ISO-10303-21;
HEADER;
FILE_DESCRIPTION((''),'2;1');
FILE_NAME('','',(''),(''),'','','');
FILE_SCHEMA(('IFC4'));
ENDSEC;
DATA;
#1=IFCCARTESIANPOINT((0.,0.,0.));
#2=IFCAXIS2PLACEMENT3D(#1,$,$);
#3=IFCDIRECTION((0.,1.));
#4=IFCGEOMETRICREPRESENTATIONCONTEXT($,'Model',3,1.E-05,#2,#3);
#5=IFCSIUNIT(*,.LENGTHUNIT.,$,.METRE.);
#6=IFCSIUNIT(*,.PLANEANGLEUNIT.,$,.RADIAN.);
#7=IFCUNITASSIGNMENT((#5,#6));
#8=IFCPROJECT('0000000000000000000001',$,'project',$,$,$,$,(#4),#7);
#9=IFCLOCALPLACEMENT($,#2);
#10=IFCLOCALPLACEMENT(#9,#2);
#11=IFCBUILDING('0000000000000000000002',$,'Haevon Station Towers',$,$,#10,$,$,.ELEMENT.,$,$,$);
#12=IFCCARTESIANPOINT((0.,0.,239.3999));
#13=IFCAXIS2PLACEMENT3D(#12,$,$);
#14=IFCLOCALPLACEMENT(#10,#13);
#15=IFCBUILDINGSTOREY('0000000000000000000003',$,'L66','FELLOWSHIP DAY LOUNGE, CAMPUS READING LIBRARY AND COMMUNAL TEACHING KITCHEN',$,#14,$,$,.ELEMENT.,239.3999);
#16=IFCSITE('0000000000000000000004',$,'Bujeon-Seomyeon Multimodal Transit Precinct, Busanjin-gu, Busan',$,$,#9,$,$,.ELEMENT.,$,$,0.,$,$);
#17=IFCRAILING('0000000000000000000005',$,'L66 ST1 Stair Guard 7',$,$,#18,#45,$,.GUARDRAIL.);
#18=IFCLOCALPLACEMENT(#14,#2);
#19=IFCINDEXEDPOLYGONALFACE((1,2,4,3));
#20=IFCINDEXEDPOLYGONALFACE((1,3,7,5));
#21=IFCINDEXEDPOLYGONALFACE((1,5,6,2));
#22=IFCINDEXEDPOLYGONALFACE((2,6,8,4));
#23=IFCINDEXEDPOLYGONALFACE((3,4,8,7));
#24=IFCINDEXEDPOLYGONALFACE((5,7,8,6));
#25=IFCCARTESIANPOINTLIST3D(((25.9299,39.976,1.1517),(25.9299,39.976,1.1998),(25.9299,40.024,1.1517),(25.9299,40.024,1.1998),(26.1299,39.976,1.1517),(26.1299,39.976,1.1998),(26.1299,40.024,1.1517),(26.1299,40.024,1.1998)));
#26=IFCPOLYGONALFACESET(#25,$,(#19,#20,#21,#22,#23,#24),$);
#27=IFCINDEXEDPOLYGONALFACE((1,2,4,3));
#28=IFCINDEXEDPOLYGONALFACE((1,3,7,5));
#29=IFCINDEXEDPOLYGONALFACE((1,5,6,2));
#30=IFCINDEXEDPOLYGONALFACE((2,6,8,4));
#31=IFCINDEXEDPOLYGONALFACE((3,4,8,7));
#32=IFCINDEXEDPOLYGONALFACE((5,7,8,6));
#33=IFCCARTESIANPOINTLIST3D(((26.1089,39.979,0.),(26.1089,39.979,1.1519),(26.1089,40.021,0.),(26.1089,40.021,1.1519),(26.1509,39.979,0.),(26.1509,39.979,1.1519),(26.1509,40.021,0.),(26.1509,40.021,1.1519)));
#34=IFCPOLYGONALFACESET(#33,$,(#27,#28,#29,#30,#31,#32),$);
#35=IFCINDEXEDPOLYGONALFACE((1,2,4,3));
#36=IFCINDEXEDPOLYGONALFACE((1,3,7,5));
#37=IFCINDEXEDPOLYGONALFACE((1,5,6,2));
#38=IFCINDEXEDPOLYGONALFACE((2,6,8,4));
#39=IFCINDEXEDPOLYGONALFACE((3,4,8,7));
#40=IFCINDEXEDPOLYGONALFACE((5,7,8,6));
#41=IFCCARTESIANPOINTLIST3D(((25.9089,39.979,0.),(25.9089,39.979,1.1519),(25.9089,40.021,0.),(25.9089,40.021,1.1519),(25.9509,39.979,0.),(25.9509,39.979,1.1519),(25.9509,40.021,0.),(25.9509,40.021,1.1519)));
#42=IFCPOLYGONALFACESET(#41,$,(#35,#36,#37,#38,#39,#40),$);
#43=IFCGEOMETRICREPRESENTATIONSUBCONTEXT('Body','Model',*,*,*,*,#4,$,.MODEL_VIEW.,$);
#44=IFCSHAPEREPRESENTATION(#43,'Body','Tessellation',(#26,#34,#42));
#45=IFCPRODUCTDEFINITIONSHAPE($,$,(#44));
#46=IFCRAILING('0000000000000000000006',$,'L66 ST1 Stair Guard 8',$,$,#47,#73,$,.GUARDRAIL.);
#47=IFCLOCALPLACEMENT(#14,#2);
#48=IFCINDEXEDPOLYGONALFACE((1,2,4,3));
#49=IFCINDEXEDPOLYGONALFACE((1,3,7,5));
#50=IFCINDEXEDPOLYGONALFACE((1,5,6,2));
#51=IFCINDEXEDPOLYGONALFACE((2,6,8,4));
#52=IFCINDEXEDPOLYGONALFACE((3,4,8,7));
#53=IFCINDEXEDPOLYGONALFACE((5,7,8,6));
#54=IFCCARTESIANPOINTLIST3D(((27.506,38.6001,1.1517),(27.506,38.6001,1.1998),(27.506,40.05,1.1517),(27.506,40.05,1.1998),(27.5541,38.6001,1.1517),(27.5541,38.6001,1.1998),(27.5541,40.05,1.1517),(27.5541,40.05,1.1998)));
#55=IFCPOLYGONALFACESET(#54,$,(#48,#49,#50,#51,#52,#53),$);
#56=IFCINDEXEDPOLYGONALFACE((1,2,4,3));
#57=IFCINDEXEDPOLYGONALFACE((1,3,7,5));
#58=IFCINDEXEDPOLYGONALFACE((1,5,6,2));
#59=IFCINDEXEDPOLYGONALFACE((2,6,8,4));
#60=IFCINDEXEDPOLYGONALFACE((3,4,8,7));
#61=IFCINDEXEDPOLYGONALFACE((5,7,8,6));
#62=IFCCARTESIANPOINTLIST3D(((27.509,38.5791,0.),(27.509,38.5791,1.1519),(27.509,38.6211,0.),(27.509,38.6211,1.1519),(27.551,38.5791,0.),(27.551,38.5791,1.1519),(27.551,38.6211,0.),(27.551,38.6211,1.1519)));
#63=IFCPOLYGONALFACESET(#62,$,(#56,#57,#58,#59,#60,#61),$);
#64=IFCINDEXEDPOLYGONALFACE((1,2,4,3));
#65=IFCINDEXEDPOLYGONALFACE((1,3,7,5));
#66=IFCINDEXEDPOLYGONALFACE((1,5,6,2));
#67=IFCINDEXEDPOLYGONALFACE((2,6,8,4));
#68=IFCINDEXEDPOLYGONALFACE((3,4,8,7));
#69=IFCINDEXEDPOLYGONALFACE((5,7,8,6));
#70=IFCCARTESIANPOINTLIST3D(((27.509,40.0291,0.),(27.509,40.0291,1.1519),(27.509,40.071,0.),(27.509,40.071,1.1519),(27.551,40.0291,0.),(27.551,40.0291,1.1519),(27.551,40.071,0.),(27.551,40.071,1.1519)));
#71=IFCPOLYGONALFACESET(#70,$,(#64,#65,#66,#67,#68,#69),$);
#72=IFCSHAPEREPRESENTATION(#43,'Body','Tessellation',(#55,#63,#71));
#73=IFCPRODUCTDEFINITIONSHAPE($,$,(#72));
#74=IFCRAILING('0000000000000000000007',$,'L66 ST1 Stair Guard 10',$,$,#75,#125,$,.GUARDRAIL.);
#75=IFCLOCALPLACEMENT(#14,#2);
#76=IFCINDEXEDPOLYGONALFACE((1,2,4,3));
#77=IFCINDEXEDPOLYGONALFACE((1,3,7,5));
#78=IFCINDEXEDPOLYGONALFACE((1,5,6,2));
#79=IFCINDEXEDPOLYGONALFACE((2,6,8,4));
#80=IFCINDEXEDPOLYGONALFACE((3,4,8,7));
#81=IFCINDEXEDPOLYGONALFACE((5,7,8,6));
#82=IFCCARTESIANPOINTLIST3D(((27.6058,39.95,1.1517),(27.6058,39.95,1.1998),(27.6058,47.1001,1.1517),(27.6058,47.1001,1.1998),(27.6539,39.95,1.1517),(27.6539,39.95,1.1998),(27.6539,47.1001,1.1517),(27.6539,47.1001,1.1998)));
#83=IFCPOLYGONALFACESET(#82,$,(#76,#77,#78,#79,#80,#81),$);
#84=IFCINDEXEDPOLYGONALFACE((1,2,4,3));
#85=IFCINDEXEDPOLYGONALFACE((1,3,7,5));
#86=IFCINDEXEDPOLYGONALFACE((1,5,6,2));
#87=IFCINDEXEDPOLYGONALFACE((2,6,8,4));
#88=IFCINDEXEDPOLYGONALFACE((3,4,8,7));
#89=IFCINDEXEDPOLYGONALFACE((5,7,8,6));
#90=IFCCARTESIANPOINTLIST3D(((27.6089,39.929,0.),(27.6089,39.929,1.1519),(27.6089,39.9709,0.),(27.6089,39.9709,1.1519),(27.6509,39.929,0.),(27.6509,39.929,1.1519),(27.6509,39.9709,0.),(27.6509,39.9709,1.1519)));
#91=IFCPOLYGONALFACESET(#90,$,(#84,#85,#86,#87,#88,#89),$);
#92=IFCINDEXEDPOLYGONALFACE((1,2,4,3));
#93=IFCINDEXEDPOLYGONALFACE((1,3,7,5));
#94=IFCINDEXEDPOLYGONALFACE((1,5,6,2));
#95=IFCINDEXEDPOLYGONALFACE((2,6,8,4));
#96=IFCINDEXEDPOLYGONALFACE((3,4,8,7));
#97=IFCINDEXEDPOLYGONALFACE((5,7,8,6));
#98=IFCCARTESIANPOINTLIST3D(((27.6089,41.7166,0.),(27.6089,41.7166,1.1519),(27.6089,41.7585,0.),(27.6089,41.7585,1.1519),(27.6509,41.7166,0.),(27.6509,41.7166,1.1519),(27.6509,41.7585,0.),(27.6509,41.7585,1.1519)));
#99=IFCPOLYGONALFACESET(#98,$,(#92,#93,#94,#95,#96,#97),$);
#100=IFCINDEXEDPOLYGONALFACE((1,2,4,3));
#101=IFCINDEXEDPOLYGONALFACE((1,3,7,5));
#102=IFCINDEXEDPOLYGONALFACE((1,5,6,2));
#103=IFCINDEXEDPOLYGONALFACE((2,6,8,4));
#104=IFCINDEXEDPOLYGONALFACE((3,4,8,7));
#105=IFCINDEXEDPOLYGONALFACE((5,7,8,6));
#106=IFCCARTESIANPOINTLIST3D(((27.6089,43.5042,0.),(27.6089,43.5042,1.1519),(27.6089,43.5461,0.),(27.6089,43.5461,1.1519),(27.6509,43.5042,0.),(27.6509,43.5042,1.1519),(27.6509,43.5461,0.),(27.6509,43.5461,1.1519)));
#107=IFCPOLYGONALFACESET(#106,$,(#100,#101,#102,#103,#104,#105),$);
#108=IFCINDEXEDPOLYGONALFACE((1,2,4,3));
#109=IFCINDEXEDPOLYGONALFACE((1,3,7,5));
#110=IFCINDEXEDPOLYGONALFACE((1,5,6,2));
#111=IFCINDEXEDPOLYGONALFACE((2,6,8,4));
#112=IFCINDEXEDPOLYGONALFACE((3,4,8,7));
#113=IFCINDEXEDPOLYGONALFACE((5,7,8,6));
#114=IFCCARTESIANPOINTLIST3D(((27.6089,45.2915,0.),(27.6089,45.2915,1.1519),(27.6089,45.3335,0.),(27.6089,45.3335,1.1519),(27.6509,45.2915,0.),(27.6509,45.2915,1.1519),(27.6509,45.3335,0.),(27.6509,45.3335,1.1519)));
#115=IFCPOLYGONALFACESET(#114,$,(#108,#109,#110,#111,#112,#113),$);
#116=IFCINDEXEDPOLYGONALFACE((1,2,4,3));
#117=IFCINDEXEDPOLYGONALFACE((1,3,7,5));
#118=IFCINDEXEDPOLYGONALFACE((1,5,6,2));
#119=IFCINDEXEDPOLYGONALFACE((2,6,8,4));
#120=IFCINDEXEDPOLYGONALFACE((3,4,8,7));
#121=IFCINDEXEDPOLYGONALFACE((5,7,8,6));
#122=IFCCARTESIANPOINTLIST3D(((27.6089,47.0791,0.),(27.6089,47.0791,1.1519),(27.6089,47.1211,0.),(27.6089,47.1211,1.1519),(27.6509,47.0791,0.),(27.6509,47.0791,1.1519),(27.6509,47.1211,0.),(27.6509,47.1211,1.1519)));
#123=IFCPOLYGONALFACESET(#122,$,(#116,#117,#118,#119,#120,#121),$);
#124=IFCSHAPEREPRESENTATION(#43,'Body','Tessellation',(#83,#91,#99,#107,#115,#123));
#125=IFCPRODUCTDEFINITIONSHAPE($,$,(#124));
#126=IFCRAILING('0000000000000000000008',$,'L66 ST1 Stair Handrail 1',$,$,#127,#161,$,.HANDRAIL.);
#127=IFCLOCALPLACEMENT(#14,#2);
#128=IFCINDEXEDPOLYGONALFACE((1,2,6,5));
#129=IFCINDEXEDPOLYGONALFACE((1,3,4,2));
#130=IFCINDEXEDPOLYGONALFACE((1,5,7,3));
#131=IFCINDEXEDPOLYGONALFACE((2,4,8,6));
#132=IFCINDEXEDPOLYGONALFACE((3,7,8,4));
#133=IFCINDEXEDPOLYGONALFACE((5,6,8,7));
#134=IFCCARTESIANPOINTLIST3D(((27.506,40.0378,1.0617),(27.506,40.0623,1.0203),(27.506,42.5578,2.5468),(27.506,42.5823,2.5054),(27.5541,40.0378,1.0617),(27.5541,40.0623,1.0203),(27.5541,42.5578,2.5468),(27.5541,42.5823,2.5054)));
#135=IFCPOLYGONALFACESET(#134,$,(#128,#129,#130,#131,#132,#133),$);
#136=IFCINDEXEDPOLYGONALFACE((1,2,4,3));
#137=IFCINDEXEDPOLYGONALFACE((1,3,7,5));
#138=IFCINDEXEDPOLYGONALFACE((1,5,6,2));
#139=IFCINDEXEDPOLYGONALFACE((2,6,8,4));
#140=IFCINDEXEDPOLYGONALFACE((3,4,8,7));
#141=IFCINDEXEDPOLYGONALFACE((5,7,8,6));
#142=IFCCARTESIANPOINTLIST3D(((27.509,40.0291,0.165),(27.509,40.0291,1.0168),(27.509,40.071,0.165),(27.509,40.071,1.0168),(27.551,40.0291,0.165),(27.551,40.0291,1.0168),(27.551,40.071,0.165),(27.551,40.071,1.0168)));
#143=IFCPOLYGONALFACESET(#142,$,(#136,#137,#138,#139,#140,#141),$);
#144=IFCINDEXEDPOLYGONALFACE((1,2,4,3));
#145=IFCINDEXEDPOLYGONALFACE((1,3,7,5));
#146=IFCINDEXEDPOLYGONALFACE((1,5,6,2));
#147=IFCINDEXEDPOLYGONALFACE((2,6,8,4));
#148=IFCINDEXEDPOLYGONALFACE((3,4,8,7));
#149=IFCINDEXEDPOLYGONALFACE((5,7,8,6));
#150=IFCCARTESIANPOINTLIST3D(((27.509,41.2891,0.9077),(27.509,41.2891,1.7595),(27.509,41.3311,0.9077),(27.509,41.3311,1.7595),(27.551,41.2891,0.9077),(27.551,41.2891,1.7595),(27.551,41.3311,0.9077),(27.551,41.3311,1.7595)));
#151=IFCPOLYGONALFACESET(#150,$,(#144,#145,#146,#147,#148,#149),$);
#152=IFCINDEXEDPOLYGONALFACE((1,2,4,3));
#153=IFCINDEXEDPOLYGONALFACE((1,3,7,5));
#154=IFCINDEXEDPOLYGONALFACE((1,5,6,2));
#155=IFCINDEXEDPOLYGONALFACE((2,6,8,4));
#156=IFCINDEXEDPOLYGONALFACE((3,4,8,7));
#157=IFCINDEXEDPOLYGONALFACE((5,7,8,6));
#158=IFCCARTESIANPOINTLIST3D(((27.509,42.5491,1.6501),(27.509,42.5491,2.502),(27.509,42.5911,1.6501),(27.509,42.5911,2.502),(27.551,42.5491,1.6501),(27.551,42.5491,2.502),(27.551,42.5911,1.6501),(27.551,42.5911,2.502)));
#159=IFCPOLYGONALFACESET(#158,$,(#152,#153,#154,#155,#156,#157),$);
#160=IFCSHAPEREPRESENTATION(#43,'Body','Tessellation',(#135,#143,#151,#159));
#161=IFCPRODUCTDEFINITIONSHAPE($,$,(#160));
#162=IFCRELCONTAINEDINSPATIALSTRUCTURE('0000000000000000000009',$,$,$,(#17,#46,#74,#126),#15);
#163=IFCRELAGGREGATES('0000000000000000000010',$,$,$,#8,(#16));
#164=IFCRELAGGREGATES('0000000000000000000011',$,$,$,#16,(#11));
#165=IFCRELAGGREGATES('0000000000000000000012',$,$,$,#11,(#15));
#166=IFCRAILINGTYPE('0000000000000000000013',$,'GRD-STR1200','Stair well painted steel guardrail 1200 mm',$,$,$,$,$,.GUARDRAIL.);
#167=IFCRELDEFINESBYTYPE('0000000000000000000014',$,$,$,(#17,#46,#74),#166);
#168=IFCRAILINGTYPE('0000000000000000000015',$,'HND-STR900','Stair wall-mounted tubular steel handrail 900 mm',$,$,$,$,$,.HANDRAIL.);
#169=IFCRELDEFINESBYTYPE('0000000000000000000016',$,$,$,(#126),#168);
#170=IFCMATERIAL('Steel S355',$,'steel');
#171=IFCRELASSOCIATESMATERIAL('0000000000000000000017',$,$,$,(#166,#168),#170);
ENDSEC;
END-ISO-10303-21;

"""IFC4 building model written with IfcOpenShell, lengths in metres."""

from ifc_helpers import new_model, si_unit, direction, frame, origin, origin_2d, place, context, subcontext, project, spatial, rectangle, extrude, material, type_object, element, save


model = new_model("IFC4")

# Units and contexts
model_context = context("Model", 3, precision=1e-05, world=origin(), true_north=direction((0.0, 1.0)))
body_context = subcontext(model_context, "Body", "Model", "MODEL_VIEW")
ifc_project = project(units=[si_unit("LENGTHUNIT", "METRE"), si_unit("PLANEANGLEUNIT", "RADIAN")], contexts=[model_context])

# Site, building, storey
site_placement = place(None, origin())
site = spatial("IfcSite", under=ifc_project, at=site_placement, Name="Bujeon-Seomyeon Multimodal Transit Precinct, Busanjin-gu, Busan", CompositionType="ELEMENT", RefElevation=0.0)
building_placement = place(site_placement, origin())
building = spatial("IfcBuilding", under=site, at=building_placement, Name="Haevon Station Towers", CompositionType="ELEMENT")
storey_placement = place(building_placement, frame((0.0, 0.0, 239.3999)))
storey = spatial("IfcBuildingStorey", under=building, at=storey_placement, Name="L66", Description="FELLOWSHIP DAY LOUNGE, CAMPUS READING LIBRARY AND COMMUNAL TEACHING KITCHEN", CompositionType="ELEMENT", Elevation=239.3999)

# Shared definitions
ifc_material_1 = material(Name="Steel S355", Category="steel")

# Railings
railing_type_1 = type_object("IfcRailingType", Name="GRD-STR1200", Description="Stair well painted steel guardrail 1200 mm", PredefinedType="GUARDRAIL", material=ifc_material_1)
railing_1_placement = place(storey_placement, frame((26.1299, 40.0, 0.0)))
element("IfcRailing", 1, at=railing_1_placement, inside=storey, type_object=railing_type_1, Name="L66 ST1 Stair Guard 7", PredefinedType="GUARDRAIL", context=body_context, shape_type="SweptSolid", body=[
    extrude(rectangle(XDim=0.0481, YDim=0.0481, at=origin_2d()), frame((0.0, 0.0, 1.1758), z_axis=(-1.0, 0.0, 0.0), x_axis=(0.0, -1.0, 0.0)), (0.0, 0.0, 1.0), 0.2),
    extrude(rectangle(XDim=0.042, YDim=0.042, at=origin_2d()), origin(), (0.0, 0.0, 1.0), 1.1519),
    extrude(rectangle(XDim=0.042, YDim=0.042, at=origin_2d()), frame((-0.2, 0.0, 0.0)), (0.0, 0.0, 1.0), 1.1519),
])
railing_2_placement = place(storey_placement, frame((27.53, 38.6001, 0.0)))
element("IfcRailing", 2, at=railing_2_placement, inside=storey, type_object=railing_type_1, Name="L66 ST1 Stair Guard 8", PredefinedType="GUARDRAIL", context=body_context, shape_type="SweptSolid", body=[
    extrude(rectangle(XDim=0.0481, YDim=0.0481, at=origin_2d()), frame((0.0, 0.0, 1.1758), z_axis=(0.0, 1.0, 0.0), x_axis=(-1.0, 0.0, 0.0)), (0.0, 0.0, 1.0), 1.45),
    extrude(rectangle(XDim=0.042, YDim=0.042, at=origin_2d()), origin(), (0.0, 0.0, 1.0), 1.1519),
    extrude(rectangle(XDim=0.042, YDim=0.042, at=origin_2d()), frame((0.0, 1.45, 0.0)), (0.0, 0.0, 1.0), 1.1519),
])
railing_3_placement = place(storey_placement, frame((27.6299, 39.95, 0.0)))
element("IfcRailing", 3, at=railing_3_placement, inside=storey, type_object=railing_type_1, Name="L66 ST1 Stair Guard 10", PredefinedType="GUARDRAIL", context=body_context, shape_type="SweptSolid", body=[
    extrude(rectangle(XDim=0.0481, YDim=0.0481, at=origin_2d()), frame((0.0, 0.0, 1.1758), z_axis=(0.0, 1.0, 0.0), x_axis=(-1.0, 0.0, 0.0)), (0.0, 0.0, 1.0), 7.1501),
    extrude(rectangle(XDim=0.042, YDim=0.042, at=origin_2d()), origin(), (0.0, 0.0, 1.0), 1.1519),
    extrude(rectangle(XDim=0.042, YDim=0.042, at=origin_2d()), frame((0.0, 1.7876, 0.0)), (0.0, 0.0, 1.0), 1.1519),
    extrude(rectangle(XDim=0.042, YDim=0.042, at=origin_2d()), frame((0.0, 3.5752, 0.0)), (0.0, 0.0, 1.0), 1.1519),
    extrude(rectangle(XDim=0.042, YDim=0.042, at=origin_2d()), frame((0.0, 5.3625, 0.0)), (0.0, 0.0, 1.0), 1.1519),
    extrude(rectangle(XDim=0.042, YDim=0.042, at=origin_2d()), frame((0.0, 7.1501, 0.0)), (0.0, 0.0, 1.0), 1.1519),
])
railing_type_2 = type_object("IfcRailingType", Name="HND-STR900", Description="Stair wall-mounted tubular steel handrail 900 mm", PredefinedType="HANDRAIL", material=ifc_material_1)
railing_4_placement = place(storey_placement, frame((27.53, 40.05, 0.165)))
element("IfcRailing", 4, at=railing_4_placement, inside=storey, type_object=railing_type_2, Name="L66 ST1 Stair Handrail 1", PredefinedType="HANDRAIL", context=body_context, shape_type="SweptSolid", body=[
    extrude(rectangle(XDim=0.0481, YDim=0.0481, at=origin_2d()), frame((0.0, 0.0, 0.876), z_axis=(0.0, 0.861524, 0.507717), x_axis=(-1.0, 0.0, 0.0)), (0.0, 0.0, 1.0), 2.925),
    extrude(rectangle(XDim=0.042, YDim=0.042, at=origin_2d()), origin(), (0.0, 0.0, 1.0), 0.8518),
    extrude(rectangle(XDim=0.042, YDim=0.042, at=origin_2d()), frame((0.0, 1.26, 0.7427)), (0.0, 0.0, 1.0), 0.8518),
    extrude(rectangle(XDim=0.042, YDim=0.042, at=origin_2d()), frame((0.0, 2.52, 1.4851)), (0.0, 0.0, 1.0), 0.8518),
])

save(model, "model.ifc")
